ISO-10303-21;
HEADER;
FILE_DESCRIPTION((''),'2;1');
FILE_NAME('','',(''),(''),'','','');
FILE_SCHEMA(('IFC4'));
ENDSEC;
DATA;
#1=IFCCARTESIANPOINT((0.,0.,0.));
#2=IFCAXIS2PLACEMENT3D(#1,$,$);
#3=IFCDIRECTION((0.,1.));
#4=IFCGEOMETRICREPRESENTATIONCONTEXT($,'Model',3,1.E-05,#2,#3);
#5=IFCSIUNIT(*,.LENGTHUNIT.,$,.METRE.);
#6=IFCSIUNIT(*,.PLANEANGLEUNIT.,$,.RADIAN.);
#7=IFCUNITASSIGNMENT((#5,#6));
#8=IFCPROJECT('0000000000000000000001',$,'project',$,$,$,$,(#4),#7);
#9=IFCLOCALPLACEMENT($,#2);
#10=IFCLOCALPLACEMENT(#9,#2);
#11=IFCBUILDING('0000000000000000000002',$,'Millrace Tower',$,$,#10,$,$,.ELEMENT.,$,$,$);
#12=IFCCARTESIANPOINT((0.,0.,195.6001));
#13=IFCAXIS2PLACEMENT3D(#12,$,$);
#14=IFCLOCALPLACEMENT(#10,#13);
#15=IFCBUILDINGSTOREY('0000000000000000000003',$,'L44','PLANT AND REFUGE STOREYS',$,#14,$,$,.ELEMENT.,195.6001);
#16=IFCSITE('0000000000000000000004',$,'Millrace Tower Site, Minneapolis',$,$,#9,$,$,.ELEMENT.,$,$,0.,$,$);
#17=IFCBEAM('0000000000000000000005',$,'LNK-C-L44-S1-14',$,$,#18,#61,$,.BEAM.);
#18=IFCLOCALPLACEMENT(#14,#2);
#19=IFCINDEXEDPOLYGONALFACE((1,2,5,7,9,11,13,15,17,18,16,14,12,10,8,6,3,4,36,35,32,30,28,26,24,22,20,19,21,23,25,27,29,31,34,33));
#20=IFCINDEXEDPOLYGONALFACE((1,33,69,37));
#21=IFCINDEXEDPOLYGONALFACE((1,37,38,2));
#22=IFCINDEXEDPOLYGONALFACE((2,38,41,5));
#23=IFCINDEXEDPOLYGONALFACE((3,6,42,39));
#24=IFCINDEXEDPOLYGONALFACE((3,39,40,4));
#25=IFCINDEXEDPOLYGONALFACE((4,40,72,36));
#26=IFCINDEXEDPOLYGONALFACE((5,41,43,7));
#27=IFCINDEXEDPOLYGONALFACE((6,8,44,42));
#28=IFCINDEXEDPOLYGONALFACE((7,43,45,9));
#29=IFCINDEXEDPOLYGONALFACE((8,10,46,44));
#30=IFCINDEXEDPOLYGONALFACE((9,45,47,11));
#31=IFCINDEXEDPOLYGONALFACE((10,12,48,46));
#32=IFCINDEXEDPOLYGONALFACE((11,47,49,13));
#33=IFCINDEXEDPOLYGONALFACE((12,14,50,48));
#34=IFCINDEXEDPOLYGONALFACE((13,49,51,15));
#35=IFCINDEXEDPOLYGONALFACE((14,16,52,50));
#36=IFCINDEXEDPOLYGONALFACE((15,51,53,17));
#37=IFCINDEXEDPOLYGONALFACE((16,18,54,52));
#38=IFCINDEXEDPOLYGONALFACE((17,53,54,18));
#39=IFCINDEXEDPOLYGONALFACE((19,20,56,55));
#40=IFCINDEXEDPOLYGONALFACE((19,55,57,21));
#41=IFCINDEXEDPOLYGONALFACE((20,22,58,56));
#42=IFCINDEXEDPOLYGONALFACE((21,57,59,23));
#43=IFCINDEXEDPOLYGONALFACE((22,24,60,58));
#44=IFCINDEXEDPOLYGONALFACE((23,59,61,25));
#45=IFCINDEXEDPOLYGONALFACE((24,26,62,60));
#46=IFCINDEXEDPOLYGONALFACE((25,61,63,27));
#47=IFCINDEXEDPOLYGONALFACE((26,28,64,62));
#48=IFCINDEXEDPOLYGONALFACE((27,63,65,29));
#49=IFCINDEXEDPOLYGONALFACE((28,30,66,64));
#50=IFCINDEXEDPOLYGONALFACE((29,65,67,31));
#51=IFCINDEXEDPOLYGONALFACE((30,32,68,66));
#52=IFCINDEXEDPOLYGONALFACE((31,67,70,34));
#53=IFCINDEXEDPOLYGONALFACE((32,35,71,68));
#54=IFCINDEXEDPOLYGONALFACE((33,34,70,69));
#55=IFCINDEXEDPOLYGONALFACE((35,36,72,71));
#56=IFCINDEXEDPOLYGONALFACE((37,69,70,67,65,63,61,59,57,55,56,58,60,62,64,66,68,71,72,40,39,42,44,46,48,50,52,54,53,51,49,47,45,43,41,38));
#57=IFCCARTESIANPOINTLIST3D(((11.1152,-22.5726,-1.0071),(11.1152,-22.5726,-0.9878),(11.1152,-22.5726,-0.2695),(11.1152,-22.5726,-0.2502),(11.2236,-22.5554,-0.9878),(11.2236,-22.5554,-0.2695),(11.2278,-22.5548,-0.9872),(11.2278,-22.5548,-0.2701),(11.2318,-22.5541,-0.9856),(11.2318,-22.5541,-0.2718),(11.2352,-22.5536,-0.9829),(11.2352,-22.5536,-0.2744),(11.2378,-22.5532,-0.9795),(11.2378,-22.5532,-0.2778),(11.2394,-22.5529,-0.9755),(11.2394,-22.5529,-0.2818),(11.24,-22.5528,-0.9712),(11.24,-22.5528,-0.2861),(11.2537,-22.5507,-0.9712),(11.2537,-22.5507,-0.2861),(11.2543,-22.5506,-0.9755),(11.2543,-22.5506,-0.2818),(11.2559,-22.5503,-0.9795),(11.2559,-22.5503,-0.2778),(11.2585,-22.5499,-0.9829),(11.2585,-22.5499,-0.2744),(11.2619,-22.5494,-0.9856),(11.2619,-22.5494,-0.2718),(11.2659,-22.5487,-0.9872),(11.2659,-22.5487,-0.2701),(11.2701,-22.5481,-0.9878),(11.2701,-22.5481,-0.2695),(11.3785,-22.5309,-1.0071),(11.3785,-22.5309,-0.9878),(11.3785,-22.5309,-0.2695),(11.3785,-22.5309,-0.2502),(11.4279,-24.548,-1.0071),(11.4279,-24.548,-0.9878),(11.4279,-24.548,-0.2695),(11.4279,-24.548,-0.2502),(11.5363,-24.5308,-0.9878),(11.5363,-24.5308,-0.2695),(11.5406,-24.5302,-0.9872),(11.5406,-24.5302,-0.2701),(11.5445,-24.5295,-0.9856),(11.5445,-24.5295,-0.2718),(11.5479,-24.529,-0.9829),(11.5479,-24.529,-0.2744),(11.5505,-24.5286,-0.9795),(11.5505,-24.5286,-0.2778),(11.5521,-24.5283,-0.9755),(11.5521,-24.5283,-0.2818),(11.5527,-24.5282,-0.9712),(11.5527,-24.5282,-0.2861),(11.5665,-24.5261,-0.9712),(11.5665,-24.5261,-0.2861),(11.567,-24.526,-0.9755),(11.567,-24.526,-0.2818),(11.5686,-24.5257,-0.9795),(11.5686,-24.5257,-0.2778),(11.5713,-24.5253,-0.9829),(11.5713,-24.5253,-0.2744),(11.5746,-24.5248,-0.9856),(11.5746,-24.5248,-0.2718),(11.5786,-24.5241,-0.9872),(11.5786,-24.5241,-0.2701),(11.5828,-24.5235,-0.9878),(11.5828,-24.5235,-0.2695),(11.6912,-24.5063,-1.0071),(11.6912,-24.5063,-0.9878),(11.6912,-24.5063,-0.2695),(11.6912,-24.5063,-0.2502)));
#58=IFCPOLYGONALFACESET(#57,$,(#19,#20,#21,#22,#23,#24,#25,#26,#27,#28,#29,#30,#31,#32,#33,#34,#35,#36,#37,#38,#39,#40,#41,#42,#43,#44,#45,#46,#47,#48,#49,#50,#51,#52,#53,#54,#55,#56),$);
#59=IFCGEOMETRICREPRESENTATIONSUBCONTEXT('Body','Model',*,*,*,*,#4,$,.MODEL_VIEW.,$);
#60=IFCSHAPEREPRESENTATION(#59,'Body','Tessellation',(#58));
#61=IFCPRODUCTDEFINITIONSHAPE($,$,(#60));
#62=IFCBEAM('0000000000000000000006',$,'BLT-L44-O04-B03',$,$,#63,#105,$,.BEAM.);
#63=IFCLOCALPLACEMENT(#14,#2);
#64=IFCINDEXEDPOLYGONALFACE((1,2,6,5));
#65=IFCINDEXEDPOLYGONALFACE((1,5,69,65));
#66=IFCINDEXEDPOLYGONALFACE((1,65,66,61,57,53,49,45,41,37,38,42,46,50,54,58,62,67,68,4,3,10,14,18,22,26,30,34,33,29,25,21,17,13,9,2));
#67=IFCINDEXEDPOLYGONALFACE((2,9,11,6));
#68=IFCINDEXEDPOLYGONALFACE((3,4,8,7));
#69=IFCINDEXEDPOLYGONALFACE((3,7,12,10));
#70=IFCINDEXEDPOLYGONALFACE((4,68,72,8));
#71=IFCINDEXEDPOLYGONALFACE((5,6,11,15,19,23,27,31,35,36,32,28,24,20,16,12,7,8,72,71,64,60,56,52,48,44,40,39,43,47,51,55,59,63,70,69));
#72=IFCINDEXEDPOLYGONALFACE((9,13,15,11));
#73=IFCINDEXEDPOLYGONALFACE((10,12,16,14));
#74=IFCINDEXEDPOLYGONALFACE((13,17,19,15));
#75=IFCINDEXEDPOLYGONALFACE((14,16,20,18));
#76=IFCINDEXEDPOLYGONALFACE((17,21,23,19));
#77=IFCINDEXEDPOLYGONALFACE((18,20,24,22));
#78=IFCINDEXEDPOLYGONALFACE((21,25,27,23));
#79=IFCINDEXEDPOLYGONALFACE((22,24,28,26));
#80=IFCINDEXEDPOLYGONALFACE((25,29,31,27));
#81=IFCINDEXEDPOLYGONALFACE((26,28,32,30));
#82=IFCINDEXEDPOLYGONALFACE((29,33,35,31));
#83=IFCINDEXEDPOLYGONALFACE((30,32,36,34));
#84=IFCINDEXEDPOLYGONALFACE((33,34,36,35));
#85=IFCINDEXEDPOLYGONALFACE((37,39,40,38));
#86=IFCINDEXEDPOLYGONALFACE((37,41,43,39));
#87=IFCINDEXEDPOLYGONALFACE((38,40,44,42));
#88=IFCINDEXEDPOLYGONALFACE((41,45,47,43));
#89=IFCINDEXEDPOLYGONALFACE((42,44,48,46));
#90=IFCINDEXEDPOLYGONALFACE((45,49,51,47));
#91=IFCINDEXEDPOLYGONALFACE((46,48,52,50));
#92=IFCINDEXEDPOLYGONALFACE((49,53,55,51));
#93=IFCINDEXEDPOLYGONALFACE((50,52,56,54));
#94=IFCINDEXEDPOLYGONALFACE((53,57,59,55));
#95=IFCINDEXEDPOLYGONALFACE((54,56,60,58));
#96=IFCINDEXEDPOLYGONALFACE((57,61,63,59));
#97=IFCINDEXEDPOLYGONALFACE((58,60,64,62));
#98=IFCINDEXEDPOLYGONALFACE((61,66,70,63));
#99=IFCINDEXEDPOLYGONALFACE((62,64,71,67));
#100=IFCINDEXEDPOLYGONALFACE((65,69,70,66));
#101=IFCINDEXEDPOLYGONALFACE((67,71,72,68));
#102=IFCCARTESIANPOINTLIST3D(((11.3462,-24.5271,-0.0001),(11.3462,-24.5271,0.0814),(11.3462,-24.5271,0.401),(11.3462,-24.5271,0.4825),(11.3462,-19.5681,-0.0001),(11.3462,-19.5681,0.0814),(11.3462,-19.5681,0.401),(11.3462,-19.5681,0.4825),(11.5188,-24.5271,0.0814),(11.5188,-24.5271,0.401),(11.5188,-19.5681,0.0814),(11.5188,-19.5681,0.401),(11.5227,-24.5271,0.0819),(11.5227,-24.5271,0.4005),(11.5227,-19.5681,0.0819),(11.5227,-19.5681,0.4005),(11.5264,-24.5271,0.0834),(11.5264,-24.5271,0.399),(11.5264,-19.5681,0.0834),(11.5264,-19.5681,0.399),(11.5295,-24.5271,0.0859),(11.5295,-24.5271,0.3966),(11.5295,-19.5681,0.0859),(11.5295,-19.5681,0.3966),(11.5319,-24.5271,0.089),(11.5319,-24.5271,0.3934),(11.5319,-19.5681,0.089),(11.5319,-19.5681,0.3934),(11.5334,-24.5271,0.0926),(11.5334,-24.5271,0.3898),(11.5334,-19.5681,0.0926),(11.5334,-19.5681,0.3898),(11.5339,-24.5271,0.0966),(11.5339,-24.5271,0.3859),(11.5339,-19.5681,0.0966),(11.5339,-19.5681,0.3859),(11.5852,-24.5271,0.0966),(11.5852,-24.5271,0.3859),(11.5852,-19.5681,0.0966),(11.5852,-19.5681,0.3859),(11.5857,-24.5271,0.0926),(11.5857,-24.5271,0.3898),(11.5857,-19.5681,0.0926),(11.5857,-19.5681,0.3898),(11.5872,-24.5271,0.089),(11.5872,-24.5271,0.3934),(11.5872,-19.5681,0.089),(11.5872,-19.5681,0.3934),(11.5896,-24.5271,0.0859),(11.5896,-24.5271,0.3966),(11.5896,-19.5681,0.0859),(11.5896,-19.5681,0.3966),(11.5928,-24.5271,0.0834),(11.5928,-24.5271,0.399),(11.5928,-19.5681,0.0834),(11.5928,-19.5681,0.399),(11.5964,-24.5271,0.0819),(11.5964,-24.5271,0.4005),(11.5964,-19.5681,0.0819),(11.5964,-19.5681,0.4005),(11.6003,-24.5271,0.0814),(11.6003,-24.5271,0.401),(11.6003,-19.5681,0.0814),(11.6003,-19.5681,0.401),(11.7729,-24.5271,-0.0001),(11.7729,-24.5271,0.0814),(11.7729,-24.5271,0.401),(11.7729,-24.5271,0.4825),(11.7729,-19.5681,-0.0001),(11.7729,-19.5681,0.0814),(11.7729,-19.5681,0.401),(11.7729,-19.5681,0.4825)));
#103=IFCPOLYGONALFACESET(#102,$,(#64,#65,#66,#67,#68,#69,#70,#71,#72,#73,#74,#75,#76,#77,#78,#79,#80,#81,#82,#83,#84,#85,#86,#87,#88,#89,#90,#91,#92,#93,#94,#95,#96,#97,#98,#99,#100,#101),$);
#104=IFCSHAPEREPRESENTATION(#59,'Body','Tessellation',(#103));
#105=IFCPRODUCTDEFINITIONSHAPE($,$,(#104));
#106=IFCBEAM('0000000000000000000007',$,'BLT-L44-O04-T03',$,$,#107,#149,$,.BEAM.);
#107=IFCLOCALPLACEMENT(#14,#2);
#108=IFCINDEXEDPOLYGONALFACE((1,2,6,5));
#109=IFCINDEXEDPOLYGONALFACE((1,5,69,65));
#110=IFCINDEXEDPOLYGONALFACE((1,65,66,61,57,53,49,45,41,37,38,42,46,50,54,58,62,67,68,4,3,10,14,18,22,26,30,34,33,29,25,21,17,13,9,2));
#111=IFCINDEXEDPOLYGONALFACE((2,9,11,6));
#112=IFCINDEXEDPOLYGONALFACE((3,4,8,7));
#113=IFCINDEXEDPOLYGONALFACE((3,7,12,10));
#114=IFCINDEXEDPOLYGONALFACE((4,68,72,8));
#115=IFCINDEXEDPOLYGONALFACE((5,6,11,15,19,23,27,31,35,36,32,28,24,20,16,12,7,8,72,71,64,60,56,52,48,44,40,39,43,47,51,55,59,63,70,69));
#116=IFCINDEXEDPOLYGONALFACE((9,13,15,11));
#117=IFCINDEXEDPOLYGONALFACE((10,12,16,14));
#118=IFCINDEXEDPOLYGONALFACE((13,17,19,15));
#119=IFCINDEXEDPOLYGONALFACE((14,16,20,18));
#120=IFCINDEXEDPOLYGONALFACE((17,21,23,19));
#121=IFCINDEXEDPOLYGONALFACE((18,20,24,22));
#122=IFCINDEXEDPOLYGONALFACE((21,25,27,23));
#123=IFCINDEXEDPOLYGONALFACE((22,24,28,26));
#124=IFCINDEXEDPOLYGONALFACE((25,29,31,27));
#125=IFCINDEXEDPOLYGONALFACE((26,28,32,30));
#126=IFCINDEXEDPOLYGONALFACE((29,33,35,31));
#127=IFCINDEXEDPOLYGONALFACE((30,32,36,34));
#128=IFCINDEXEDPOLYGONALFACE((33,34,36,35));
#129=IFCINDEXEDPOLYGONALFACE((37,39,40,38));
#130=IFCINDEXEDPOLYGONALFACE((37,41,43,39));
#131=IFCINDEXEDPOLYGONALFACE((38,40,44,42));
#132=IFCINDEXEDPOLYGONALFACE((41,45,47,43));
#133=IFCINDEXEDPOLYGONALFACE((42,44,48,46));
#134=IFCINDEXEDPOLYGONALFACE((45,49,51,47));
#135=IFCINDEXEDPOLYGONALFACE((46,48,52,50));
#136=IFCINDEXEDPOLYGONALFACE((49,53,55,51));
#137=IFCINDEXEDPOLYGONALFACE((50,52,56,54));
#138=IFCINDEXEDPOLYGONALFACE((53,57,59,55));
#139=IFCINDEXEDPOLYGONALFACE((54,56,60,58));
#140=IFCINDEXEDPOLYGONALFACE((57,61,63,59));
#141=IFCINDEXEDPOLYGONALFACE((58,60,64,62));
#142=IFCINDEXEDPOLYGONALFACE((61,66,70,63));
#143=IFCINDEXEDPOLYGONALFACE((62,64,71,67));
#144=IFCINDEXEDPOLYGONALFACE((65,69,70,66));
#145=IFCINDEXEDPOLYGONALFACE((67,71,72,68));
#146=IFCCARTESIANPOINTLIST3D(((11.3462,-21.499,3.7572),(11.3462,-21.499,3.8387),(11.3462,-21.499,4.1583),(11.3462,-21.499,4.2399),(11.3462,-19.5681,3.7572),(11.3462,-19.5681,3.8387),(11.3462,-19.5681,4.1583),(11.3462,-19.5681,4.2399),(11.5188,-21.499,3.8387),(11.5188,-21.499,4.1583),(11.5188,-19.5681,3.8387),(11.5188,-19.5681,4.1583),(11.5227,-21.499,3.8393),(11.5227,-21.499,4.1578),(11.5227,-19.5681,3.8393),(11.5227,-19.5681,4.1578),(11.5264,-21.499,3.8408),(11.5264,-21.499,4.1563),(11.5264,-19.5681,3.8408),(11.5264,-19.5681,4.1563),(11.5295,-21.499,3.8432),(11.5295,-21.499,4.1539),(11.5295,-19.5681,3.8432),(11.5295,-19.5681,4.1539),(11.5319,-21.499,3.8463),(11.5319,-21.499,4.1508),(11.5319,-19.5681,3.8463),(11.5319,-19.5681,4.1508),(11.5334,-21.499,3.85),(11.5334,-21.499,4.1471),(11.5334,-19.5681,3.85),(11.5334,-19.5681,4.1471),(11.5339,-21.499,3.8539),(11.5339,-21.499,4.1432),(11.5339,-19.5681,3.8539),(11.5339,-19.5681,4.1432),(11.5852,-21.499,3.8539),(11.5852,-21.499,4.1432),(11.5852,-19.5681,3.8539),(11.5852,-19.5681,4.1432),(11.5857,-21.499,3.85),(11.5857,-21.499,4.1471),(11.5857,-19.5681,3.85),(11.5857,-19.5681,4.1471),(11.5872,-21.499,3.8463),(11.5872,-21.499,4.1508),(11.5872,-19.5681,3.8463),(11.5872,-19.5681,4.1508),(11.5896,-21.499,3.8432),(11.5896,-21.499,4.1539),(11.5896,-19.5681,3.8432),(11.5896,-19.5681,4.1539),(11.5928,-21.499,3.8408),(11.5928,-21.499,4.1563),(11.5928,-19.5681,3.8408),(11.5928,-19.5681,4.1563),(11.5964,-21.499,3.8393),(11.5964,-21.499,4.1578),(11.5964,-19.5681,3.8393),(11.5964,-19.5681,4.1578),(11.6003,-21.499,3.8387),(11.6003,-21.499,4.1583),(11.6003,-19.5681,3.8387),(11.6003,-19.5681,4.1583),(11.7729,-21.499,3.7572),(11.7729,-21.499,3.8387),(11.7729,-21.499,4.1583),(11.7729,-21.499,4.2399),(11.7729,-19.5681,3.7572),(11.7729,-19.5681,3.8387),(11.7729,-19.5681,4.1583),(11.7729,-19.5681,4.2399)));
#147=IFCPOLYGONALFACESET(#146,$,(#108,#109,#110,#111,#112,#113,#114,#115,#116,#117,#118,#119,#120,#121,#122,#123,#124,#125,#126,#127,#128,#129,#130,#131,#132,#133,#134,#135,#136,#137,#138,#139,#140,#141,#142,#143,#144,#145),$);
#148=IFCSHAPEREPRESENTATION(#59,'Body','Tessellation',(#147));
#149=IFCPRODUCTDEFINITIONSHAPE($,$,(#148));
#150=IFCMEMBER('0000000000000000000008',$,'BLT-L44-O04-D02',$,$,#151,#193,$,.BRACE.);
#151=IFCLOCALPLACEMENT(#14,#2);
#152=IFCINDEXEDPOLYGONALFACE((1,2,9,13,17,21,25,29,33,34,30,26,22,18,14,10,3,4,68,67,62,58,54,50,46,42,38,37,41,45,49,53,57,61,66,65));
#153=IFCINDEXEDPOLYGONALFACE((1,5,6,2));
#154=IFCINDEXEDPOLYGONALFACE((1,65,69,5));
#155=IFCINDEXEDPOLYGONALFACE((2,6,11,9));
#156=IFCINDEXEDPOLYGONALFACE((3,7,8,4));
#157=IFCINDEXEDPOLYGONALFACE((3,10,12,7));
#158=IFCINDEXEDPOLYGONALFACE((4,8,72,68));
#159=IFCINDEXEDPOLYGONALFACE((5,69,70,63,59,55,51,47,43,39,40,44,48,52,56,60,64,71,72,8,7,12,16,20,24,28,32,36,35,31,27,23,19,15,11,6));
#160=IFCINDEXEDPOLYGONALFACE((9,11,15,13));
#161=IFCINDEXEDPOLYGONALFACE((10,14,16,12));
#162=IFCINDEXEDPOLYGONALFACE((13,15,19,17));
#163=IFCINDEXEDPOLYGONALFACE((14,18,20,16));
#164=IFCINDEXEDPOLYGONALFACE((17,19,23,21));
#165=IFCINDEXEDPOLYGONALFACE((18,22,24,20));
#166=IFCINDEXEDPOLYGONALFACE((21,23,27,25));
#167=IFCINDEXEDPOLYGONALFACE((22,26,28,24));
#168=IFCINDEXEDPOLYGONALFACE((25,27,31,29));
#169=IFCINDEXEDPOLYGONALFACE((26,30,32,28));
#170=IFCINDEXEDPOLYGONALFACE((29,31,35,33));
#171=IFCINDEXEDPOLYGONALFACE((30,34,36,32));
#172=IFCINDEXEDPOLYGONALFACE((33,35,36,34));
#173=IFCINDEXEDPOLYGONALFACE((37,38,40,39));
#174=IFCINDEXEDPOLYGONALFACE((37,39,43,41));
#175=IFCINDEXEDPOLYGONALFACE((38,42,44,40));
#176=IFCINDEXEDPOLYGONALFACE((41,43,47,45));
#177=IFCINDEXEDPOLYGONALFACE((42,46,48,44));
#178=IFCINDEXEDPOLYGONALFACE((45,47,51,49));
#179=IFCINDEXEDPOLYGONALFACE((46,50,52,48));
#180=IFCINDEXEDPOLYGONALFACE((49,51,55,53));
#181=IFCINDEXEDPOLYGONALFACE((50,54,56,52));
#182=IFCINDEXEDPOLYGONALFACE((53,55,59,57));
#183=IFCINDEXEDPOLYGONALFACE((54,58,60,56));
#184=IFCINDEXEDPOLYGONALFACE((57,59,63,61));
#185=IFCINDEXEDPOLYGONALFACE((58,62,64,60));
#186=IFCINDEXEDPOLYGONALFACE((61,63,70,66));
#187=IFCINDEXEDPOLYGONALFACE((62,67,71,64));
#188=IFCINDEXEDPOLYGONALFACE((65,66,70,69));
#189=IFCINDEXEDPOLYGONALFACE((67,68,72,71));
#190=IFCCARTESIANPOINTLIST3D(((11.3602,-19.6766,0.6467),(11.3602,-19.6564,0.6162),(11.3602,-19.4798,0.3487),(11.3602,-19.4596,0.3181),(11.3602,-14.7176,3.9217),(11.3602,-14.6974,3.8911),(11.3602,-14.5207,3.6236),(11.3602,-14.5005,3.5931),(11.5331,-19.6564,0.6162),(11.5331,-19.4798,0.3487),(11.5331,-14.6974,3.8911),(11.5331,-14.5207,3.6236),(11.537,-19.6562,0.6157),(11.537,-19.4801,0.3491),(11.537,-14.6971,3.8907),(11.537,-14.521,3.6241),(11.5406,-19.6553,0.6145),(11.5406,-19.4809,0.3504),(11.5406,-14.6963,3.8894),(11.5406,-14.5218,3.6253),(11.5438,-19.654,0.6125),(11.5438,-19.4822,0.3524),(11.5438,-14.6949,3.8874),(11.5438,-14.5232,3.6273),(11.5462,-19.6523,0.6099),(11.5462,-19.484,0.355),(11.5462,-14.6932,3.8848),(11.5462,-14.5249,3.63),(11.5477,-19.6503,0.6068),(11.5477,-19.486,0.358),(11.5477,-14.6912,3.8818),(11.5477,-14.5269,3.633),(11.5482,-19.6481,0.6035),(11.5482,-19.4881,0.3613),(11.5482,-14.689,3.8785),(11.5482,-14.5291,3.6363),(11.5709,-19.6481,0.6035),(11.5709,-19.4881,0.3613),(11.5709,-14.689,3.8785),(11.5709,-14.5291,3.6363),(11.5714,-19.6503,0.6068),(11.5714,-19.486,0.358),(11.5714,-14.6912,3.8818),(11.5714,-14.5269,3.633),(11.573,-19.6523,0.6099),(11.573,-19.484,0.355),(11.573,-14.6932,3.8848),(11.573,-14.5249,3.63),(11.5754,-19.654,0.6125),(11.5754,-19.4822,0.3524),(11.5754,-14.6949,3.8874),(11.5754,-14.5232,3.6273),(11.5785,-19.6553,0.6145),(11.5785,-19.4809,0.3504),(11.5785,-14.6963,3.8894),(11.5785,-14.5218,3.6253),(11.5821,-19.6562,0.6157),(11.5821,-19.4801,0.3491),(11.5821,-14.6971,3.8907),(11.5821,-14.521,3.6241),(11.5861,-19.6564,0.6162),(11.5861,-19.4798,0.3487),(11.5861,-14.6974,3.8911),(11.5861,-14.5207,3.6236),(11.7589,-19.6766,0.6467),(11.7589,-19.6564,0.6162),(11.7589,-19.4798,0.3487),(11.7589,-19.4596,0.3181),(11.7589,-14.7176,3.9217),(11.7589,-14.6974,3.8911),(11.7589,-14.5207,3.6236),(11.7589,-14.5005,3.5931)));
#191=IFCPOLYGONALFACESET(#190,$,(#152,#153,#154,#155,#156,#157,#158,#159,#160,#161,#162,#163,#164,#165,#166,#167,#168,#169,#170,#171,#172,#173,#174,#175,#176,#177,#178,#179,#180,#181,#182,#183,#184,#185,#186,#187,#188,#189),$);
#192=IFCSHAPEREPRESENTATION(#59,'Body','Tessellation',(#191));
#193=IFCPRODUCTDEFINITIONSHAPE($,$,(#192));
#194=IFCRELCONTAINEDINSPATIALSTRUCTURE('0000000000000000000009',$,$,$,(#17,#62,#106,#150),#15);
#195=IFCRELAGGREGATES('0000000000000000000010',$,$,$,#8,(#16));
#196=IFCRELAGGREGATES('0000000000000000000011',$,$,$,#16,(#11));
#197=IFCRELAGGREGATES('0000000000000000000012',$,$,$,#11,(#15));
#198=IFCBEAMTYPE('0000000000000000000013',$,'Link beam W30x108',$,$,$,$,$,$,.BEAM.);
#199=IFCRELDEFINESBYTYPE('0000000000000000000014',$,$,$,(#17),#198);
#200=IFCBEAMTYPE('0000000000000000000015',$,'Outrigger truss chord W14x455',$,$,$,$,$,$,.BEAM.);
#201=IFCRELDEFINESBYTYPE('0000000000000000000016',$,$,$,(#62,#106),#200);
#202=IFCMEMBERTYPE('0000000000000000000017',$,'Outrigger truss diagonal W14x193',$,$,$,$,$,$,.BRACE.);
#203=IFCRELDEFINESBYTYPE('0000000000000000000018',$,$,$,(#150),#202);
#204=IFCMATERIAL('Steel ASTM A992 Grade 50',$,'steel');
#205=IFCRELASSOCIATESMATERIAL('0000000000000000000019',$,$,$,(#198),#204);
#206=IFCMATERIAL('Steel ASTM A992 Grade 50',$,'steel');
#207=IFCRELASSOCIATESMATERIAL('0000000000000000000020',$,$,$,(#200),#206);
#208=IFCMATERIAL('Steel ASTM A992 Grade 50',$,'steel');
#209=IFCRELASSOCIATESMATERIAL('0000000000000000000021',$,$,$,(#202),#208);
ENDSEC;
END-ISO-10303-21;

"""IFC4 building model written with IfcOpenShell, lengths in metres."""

from ifc_helpers import new_model, si_unit, direction, frame, origin, origin_2d, place, context, subcontext, project, spatial, i_section, extrude, material, material_profile, profile_set, type_object, element, save


model = new_model("IFC4")

# Units and contexts
model_context = context("Model", 3, precision=1e-05, world=origin(), true_north=direction((0.0, 1.0)))
body_context = subcontext(model_context, "Body", "Model", "MODEL_VIEW")
ifc_project = project(units=[si_unit("LENGTHUNIT", "METRE"), si_unit("PLANEANGLEUNIT", "RADIAN")], contexts=[model_context])

# Site, building, storey
site_placement = place(None, origin())
site = spatial("IfcSite", under=ifc_project, at=site_placement, Name="Millrace Tower Site, Minneapolis", CompositionType="ELEMENT", RefElevation=0.0)
building_placement = place(site_placement, origin())
building = spatial("IfcBuilding", under=site, at=building_placement, Name="Millrace Tower", CompositionType="ELEMENT")
storey_placement = place(building_placement, frame((0.0, 0.0, 195.6001)))
storey = spatial("IfcBuildingStorey", under=building, at=storey_placement, Name="L44", Description="PLANT AND REFUGE STOREYS", CompositionType="ELEMENT", Elevation=195.6001)

# Beams
ifc_material_1 = material(Name="Steel ASTM A992 Grade 50", Category="steel")
ifc_material_profile_1 = material_profile(ifc_material_1, i_section(OverallWidth=0.2666, OverallDepth=0.7568, WebThickness=0.0139, FlangeThickness=0.0193, FilletRadius=0.0166, at=origin_2d()))
ifc_profile_set_1 = profile_set([ifc_material_profile_1], Name="Steel ASTM A992 Grade 50")
beam_type_1 = type_object("IfcBeamType", Name="Link beam W30x108", PredefinedType="BEAM", material=ifc_profile_set_1)
beam_1_placement = place(storey_placement, frame((11.2468, -22.5518, -0.6287), z_axis=(0.156376, -0.987698, 0.0), x_axis=(0.987698, 0.156376, 0.0)))
element("IfcBeam", 1, at=beam_1_placement, inside=storey, type_object=beam_type_1, Name="LNK-C-L44-S1-14", PredefinedType="BEAM", context=body_context, shape_type="SweptSolid", body=[
    extrude(i_section(OverallWidth=0.2666, OverallDepth=0.7568, WebThickness=0.0139, FlangeThickness=0.0193, FilletRadius=0.0166, at=origin_2d()), origin(), (0.0, 0.0, 1.0), 2.0),
])
ifc_material_2 = material(Name="Steel ASTM A992 Grade 50", Category="steel")
ifc_material_profile_2 = material_profile(ifc_material_2, i_section(OverallWidth=0.4268, OverallDepth=0.4827, WebThickness=0.0513, FlangeThickness=0.0815, FilletRadius=0.0151, at=origin_2d()))
ifc_profile_set_2 = profile_set([ifc_material_profile_2], Name="Steel ASTM A992 Grade 50")
beam_type_2 = type_object("IfcBeamType", Name="Outrigger truss chord W14x455", PredefinedType="BEAM", material=ifc_profile_set_2)
beam_2_placement = place(storey_placement, frame((11.5596, -19.5681, 0.2412), z_axis=(0.0, -1.0, 0.0), x_axis=(1.0, 0.0, 0.0)))
element("IfcBeam", 2, at=beam_2_placement, inside=storey, type_object=beam_type_2, Name="BLT-L44-O04-B03", PredefinedType="BEAM", context=body_context, shape_type="SweptSolid", body=[
    extrude(i_section(OverallWidth=0.4268, OverallDepth=0.4827, WebThickness=0.0513, FlangeThickness=0.0815, FilletRadius=0.0151, at=origin_2d()), origin(), (0.0, 0.0, 1.0), 4.959),
])
beam_3_placement = place(storey_placement, frame((11.5596, -19.5681, 3.9985), z_axis=(0.0, -1.0, 0.0), x_axis=(1.0, 0.0, 0.0)))
element("IfcBeam", 3, at=beam_3_placement, inside=storey, type_object=beam_type_2, Name="BLT-L44-O04-T03", PredefinedType="BEAM", context=body_context, shape_type="SweptSolid", body=[
    extrude(i_section(OverallWidth=0.4268, OverallDepth=0.4827, WebThickness=0.0513, FlangeThickness=0.0815, FilletRadius=0.0151, at=origin_2d()), origin(), (0.0, 0.0, 1.0), 1.9309),
])

# Member
ifc_material_3 = material(Name="Steel ASTM A992 Grade 50", Category="steel")
ifc_material_profile_3 = material_profile(ifc_material_3, i_section(OverallWidth=0.3987, OverallDepth=0.3938, WebThickness=0.0227, FlangeThickness=0.0366, FilletRadius=0.0151, at=origin_2d()))
ifc_profile_set_3 = profile_set([ifc_material_profile_3], Name="Steel ASTM A992 Grade 50")
member_type_1 = type_object("IfcMemberType", Name="Outrigger truss diagonal W14x193", PredefinedType="BRACE", material=ifc_profile_set_3)
member_1_placement = place(storey_placement, frame((11.5596, -19.5681, 0.4824), z_axis=(0.0, 0.834457, 0.551073), x_axis=(-1.0, 0.0, 0.0)))
element("IfcMember", 4, at=member_1_placement, inside=storey, type_object=member_type_1, Name="BLT-L44-O04-D02", PredefinedType="BRACE", context=body_context, shape_type="SweptSolid", body=[
    extrude(i_section(OverallWidth=0.3987, OverallDepth=0.3938, WebThickness=0.0227, FlangeThickness=0.0366, FilletRadius=0.0151, at=origin_2d()), origin(), (0.0, 0.0, 1.0), 5.9429),
])

save(model, "model.ifc")
